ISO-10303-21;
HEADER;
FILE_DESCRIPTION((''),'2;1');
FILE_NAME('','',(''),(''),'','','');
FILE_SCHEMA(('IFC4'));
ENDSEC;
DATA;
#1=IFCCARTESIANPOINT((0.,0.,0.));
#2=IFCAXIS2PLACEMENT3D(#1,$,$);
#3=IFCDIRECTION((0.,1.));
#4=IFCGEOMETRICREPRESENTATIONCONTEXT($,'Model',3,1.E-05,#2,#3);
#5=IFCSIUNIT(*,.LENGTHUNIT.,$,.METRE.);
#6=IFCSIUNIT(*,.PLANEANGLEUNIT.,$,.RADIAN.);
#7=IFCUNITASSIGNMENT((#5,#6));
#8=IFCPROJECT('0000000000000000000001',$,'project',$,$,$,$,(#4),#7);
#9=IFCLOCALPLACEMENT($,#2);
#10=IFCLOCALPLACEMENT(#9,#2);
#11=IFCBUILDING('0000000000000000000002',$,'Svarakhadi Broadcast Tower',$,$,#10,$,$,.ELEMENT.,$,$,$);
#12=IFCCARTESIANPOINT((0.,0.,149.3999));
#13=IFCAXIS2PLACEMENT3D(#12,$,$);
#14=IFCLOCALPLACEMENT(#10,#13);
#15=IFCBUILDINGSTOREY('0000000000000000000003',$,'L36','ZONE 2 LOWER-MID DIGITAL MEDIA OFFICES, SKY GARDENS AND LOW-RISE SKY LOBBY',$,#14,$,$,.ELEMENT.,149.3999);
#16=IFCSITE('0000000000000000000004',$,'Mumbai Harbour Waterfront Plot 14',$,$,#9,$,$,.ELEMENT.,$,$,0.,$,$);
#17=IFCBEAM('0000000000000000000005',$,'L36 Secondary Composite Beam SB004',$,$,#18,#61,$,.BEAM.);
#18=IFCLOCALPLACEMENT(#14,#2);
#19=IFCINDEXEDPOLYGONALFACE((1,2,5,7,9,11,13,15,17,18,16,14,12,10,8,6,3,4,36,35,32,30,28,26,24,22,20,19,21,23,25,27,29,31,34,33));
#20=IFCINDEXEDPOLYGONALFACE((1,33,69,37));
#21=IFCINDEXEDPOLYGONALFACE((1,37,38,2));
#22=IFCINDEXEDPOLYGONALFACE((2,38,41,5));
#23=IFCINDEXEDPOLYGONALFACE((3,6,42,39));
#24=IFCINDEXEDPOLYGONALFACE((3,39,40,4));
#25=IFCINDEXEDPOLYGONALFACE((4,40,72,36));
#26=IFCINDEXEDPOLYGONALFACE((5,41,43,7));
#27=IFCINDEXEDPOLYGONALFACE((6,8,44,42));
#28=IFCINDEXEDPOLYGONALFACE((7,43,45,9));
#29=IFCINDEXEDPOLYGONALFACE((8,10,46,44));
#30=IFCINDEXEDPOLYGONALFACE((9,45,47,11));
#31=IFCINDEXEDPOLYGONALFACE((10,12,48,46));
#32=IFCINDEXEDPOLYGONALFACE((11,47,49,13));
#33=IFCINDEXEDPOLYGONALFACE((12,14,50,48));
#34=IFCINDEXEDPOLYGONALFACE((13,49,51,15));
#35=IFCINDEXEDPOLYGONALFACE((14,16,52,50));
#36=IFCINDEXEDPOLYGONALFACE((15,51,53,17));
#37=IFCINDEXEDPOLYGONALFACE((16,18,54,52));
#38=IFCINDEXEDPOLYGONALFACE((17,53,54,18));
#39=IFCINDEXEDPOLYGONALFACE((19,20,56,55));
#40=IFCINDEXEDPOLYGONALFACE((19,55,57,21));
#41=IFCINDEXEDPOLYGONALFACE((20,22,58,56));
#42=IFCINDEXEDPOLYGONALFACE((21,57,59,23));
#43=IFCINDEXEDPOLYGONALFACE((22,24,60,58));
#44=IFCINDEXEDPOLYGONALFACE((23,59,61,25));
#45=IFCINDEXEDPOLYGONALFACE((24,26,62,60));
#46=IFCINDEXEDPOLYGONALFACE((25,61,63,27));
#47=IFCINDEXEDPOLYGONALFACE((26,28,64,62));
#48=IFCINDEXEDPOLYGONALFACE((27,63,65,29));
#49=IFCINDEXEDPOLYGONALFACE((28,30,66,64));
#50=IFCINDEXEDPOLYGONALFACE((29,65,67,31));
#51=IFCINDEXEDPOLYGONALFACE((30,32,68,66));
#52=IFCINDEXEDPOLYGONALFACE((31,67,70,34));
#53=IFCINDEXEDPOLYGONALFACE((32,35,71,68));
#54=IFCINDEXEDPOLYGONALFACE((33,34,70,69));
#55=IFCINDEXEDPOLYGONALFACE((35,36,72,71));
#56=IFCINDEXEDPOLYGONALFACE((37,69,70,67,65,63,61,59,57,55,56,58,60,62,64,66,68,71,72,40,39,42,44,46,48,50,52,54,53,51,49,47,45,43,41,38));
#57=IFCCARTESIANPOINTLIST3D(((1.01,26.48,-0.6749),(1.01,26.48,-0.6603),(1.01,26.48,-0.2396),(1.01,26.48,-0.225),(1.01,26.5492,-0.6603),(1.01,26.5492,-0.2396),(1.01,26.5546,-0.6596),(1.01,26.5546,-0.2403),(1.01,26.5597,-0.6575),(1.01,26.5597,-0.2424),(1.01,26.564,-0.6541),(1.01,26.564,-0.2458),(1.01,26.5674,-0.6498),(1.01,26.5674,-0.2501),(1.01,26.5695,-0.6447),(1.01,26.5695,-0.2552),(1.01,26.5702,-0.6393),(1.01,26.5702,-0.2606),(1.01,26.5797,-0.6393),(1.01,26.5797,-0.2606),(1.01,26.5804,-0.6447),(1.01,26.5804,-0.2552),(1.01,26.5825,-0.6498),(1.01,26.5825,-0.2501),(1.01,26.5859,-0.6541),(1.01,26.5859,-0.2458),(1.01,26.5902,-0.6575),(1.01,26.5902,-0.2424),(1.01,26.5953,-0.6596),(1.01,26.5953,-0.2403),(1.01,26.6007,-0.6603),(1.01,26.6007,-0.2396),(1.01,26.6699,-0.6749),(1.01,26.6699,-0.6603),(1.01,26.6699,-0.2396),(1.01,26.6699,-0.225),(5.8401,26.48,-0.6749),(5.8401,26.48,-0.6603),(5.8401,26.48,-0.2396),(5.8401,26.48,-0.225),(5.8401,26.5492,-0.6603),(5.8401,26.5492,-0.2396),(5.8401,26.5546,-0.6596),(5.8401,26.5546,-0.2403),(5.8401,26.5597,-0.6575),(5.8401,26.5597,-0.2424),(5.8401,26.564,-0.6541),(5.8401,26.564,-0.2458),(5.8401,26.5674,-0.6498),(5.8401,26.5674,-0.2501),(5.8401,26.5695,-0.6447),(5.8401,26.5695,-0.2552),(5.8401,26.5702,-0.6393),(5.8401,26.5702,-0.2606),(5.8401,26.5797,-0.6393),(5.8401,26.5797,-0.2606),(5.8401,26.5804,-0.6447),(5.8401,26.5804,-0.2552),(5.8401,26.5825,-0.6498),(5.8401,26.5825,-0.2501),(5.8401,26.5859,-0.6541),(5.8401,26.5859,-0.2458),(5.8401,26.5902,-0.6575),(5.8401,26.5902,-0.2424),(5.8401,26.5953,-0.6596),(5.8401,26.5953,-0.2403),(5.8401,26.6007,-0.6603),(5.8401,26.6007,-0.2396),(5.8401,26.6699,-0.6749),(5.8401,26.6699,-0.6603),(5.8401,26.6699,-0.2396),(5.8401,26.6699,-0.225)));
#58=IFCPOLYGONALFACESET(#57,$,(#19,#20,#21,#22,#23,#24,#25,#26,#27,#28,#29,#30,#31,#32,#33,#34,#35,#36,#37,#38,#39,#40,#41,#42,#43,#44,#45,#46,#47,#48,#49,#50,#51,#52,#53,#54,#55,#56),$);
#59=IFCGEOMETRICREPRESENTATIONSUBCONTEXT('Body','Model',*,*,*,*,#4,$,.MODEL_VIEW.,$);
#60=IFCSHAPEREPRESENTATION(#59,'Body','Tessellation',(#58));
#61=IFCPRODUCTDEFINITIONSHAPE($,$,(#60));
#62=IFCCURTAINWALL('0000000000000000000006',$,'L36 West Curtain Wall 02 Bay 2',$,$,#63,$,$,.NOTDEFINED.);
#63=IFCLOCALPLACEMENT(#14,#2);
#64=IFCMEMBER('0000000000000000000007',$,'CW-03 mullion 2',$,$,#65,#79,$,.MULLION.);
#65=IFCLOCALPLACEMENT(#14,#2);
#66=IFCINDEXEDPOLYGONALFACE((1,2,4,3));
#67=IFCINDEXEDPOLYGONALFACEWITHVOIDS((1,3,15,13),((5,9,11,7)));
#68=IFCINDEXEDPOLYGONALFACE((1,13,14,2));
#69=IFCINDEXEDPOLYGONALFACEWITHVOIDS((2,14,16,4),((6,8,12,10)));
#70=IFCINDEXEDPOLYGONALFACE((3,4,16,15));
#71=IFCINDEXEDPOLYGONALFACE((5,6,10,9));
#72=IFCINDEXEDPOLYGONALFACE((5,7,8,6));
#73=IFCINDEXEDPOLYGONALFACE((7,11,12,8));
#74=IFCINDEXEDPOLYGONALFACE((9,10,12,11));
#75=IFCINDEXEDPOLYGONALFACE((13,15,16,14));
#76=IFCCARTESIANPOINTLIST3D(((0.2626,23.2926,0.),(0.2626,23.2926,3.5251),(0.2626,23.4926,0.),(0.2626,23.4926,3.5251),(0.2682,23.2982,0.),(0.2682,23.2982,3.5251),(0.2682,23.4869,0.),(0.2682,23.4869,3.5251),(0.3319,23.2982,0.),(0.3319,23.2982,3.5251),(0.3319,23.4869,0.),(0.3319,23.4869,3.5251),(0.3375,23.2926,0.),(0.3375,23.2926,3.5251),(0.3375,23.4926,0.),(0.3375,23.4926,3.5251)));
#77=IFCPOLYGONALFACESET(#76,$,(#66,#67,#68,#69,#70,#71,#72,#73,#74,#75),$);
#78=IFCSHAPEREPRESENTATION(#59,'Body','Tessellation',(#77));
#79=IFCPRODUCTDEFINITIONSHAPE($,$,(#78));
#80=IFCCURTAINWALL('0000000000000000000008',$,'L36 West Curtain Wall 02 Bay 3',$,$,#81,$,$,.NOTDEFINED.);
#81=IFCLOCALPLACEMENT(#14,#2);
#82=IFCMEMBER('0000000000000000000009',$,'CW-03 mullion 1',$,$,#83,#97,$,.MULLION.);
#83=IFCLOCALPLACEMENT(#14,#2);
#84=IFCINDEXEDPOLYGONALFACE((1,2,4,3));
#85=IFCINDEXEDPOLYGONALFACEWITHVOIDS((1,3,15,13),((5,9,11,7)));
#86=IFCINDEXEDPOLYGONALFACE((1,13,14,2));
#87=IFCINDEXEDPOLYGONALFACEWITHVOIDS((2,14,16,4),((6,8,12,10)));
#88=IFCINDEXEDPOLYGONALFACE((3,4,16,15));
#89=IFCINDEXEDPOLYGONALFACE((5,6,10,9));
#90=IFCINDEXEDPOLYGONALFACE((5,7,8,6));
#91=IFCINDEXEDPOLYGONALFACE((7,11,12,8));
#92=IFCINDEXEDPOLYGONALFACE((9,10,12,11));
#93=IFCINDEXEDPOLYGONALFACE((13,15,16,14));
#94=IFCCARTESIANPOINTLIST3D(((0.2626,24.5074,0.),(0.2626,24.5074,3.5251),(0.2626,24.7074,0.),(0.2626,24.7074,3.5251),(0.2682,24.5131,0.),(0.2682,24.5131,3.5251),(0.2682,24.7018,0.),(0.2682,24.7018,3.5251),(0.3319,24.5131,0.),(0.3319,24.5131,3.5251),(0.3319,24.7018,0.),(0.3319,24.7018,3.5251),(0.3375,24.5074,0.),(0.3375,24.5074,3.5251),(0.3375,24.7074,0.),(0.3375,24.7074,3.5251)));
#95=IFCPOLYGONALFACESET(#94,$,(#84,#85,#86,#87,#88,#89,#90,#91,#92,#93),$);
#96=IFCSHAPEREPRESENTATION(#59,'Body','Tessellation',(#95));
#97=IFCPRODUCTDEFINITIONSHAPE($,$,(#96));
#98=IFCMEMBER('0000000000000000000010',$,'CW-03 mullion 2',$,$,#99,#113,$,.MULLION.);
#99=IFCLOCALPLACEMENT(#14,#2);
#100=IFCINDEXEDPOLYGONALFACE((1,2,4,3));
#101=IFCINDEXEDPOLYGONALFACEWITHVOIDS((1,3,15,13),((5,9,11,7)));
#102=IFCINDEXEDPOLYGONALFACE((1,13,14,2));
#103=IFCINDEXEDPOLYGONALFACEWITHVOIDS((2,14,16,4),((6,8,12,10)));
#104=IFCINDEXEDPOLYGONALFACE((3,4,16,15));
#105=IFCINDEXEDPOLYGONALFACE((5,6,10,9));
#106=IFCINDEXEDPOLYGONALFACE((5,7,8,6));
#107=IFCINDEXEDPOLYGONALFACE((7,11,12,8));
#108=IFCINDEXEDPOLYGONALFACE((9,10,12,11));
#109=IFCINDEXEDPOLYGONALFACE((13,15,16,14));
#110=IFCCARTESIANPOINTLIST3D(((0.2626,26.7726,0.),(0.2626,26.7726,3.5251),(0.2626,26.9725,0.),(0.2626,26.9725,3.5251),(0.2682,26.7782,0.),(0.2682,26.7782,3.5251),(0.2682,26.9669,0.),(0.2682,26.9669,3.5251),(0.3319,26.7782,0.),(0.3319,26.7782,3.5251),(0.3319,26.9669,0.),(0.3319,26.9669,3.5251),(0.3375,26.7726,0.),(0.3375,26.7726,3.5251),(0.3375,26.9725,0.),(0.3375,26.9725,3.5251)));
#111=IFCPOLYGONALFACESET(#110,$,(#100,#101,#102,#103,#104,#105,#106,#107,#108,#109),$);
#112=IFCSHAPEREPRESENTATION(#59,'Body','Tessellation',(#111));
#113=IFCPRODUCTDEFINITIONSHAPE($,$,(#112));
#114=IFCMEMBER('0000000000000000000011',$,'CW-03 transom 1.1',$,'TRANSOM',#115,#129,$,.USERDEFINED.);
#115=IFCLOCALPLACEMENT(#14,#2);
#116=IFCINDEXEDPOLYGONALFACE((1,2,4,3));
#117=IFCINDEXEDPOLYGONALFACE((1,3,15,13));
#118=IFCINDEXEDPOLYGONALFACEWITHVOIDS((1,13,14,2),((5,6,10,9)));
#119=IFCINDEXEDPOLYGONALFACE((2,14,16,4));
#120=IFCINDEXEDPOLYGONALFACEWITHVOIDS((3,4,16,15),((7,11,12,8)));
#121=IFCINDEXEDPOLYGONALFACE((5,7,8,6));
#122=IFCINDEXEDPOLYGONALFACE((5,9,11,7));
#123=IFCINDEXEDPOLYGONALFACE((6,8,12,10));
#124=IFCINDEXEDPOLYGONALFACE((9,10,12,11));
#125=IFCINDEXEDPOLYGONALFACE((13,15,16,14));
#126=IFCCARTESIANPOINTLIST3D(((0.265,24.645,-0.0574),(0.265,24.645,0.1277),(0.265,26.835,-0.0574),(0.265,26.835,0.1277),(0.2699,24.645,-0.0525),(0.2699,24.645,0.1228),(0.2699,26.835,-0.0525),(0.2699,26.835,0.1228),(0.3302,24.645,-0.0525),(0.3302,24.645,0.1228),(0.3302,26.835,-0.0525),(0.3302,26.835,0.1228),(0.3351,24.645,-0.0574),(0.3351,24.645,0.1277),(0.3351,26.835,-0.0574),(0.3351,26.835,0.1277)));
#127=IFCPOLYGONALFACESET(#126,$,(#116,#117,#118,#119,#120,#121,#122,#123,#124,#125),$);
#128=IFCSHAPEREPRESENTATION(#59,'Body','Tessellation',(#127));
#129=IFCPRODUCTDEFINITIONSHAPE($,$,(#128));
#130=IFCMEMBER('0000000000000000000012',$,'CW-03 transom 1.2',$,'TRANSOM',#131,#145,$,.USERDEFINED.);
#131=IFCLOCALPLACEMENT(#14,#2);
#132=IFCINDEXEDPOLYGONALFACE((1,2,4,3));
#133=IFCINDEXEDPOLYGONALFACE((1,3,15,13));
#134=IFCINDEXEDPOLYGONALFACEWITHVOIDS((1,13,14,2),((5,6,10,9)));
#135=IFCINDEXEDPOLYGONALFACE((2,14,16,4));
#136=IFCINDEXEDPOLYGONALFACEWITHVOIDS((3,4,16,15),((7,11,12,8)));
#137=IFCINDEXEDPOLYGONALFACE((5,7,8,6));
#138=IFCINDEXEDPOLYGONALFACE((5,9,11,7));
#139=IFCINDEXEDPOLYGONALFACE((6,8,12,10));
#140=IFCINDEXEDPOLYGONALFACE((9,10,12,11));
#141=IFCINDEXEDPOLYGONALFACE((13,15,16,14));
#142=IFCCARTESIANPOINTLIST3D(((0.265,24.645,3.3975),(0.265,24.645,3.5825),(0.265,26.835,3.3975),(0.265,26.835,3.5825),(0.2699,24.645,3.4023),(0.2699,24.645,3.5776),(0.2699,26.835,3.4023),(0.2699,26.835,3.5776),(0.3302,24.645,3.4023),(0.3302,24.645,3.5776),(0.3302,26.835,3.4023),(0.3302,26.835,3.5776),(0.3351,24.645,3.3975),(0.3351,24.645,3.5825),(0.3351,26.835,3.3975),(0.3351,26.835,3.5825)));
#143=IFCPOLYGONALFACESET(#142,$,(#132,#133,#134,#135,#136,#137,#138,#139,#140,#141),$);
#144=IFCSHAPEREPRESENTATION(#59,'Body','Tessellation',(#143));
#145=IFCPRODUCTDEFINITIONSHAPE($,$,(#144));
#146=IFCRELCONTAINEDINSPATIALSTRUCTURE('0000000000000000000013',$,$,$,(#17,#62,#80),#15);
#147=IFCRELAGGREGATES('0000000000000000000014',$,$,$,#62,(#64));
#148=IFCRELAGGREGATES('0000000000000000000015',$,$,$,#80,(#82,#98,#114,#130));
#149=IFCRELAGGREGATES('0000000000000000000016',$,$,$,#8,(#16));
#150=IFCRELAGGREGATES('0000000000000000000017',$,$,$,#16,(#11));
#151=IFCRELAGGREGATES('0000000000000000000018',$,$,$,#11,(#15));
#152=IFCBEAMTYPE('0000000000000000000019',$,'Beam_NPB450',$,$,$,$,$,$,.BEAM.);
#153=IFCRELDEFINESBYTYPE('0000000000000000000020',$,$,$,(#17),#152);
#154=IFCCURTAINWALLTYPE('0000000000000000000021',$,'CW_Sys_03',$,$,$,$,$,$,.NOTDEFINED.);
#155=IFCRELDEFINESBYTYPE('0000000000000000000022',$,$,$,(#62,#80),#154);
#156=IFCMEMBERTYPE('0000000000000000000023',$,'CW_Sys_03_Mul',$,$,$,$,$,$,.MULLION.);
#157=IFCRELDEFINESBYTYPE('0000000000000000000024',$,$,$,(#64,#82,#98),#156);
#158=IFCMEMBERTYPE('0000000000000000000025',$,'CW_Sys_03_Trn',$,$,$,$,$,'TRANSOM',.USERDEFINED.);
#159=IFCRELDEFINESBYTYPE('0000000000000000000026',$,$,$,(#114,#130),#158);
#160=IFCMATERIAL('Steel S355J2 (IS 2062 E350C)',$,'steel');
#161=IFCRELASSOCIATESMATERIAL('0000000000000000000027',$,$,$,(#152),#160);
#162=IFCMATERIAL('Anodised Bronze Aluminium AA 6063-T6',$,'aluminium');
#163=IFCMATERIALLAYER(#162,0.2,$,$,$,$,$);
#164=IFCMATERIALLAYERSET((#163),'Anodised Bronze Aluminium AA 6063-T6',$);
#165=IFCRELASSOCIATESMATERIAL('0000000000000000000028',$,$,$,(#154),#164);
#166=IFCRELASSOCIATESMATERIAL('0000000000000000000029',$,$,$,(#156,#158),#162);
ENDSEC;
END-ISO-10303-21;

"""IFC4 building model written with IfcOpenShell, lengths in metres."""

from ifc_helpers import new_model, si_unit, direction, frame, origin, origin_2d, place, context, subcontext, project, spatial, hollow_rectangle, i_section, extrude, material, layer, layer_set, material_profile, profile_set, type_object, element, aggregate, save


model = new_model("IFC4")

# Units and contexts
model_context = context("Model", 3, precision=1e-05, world=origin(), true_north=direction((0.0, 1.0)))
body_context = subcontext(model_context, "Body", "Model", "MODEL_VIEW")
ifc_project = project(units=[si_unit("LENGTHUNIT", "METRE"), si_unit("PLANEANGLEUNIT", "RADIAN")], contexts=[model_context])

# Site, building, storey
site_placement = place(None, origin())
site = spatial("IfcSite", under=ifc_project, at=site_placement, Name="Mumbai Harbour Waterfront Plot 14", CompositionType="ELEMENT", RefElevation=0.0)
building_placement = place(site_placement, origin())
building = spatial("IfcBuilding", under=site, at=building_placement, Name="Svarakhadi Broadcast Tower", CompositionType="ELEMENT")
storey_placement = place(building_placement, frame((0.0, 0.0, 149.3999)))
storey = spatial("IfcBuildingStorey", under=building, at=storey_placement, Name="L36", Description="ZONE 2 LOWER-MID DIGITAL MEDIA OFFICES, SKY GARDENS AND LOW-RISE SKY LOBBY", CompositionType="ELEMENT", Elevation=149.3999)

# Beam
ifc_material_1 = material(Name="Steel S355J2 (IS 2062 E350C)", Category="steel")
ifc_material_profile_1 = material_profile(ifc_material_1, i_section(OverallWidth=0.1899, OverallDepth=0.45, WebThickness=0.0095, FlangeThickness=0.0146, FilletRadius=0.021, at=origin_2d()), Name="NPB 450x190x78")
ifc_profile_set_1 = profile_set([ifc_material_profile_1], Name="Steel S355J2 (IS 2062 E350C)")
beam_type_1 = type_object("IfcBeamType", Name="Beam_NPB450", PredefinedType="BEAM", material=ifc_profile_set_1)
for number, where, z_axis, x_axis, name in (
    (1, (1.01, 26.575, -0.45), (1.0, 0.0, 0.0), (0.0, 1.0, 0.0), "L36 Secondary Composite Beam SB004"),
):
    element("IfcBeam", number, at=place(storey_placement, frame(where, z_axis=z_axis, x_axis=x_axis)), inside=storey, type_object=beam_type_1, Name=name, PredefinedType="BEAM", context=body_context, shape_type="SweptSolid", body=[
        extrude(i_section(OverallWidth=0.1899, OverallDepth=0.45, WebThickness=0.0095, FlangeThickness=0.0146, FilletRadius=0.021, at=origin_2d()), origin(), (0.0, 0.0, 1.0), 4.8301),
    ])

# Curtain wall, member
ifc_material_2 = material(Name="Anodised Bronze Aluminium AA 6063-T6", Category="aluminium")
ifc_layer_1 = layer(ifc_material_2, 0.2)
ifc_layer_set_1 = layer_set([ifc_layer_1], Name="Anodised Bronze Aluminium AA 6063-T6")
curtain_wall_type = type_object("IfcCurtainWallType", Name="CW_Sys_03", PredefinedType="NOTDEFINED", material=ifc_layer_set_1)
curtain_wall_1_placement = place(storey_placement, origin())
curtain_wall_1 = element("IfcCurtainWall", 2, at=curtain_wall_1_placement, inside=storey, type_object=curtain_wall_type, Name="L36 West Curtain Wall 02 Bay 2", PredefinedType="NOTDEFINED")
ifc_material_profile_2 = material_profile(ifc_material_2, hollow_rectangle(XDim=0.075, YDim=0.2, WallThickness=0.0056, at=origin_2d()), Name="ALU MULLION 200x75x6")
ifc_profile_set_2 = profile_set([ifc_material_profile_2], Name="Anodised Bronze Aluminium AA 6063-T6")
member_type_1 = type_object("IfcMemberType", Name="CW_Sys_03_Mul", PredefinedType="MULLION", material=ifc_profile_set_2)
member_1_placement = place(storey_placement, frame((0.3, 23.3926, 0.0), z_axis=(0.0, 0.0, 1.0), x_axis=(-1.0, 0.0, 0.0)))
member_1 = element("IfcMember", 3, at=member_1_placement, type_object=member_type_1, Name="CW-03 mullion 2", PredefinedType="MULLION", context=body_context, shape_type="SweptSolid", body=[
    extrude(hollow_rectangle(XDim=0.075, YDim=0.2, WallThickness=0.0056, at=origin_2d()), origin(), (0.0, 0.0, 1.0), 3.5251),
])
aggregate(curtain_wall_1, [member_1])

# Curtain wall, members
curtain_wall_2_placement = place(storey_placement, origin())
curtain_wall_2 = element("IfcCurtainWall", 4, at=curtain_wall_2_placement, inside=storey, type_object=curtain_wall_type, Name="L36 West Curtain Wall 02 Bay 3", PredefinedType="NOTDEFINED")
member_2_placement = place(storey_placement, frame((0.3, 24.6074, 0.0), z_axis=(0.0, 0.0, 1.0), x_axis=(-1.0, 0.0, 0.0)))
member_2 = element("IfcMember", 5, at=member_2_placement, type_object=member_type_1, Name="CW-03 mullion 1", PredefinedType="MULLION", context=body_context, shape_type="SweptSolid", body=[
    extrude(hollow_rectangle(XDim=0.075, YDim=0.2, WallThickness=0.0056, at=origin_2d()), origin(), (0.0, 0.0, 1.0), 3.5251),
])
member_3_placement = place(storey_placement, frame((0.3, 26.8726, 0.0), z_axis=(0.0, 0.0, 1.0), x_axis=(-1.0, 0.0, 0.0)))
member_3 = element("IfcMember", 6, at=member_3_placement, type_object=member_type_1, Name="CW-03 mullion 2", PredefinedType="MULLION", context=body_context, shape_type="SweptSolid", body=[
    extrude(hollow_rectangle(XDim=0.075, YDim=0.2, WallThickness=0.0056, at=origin_2d()), origin(), (0.0, 0.0, 1.0), 3.5251),
])
ifc_material_profile_3 = material_profile(ifc_material_2, hollow_rectangle(XDim=0.0701, YDim=0.1851, WallThickness=0.0049, at=origin_2d()), Name="ALU TRANSOM 185x70x5")
ifc_profile_set_3 = profile_set([ifc_material_profile_3], Name="Anodised Bronze Aluminium AA 6063-T6")
member_type_2 = type_object("IfcMemberType", Name="CW_Sys_03_Trn", ElementType="TRANSOM", PredefinedType="USERDEFINED", material=ifc_profile_set_3)
member_4_placement = place(storey_placement, frame((0.3, 24.645, 0.0352), z_axis=(0.0, 1.0, 0.0), x_axis=(-1.0, 0.0, 0.0)))
member_4 = element("IfcMember", 7, at=member_4_placement, type_object=member_type_2, Name="CW-03 transom 1.1", ObjectType="TRANSOM", PredefinedType="USERDEFINED", context=body_context, shape_type="SweptSolid", body=[
    extrude(hollow_rectangle(XDim=0.0701, YDim=0.1851, WallThickness=0.0049, at=origin_2d()), origin(), (0.0, 0.0, 1.0), 2.1899),
])
member_5_placement = place(storey_placement, frame((0.3, 24.645, 3.49), z_axis=(0.0, 1.0, 0.0), x_axis=(-1.0, 0.0, 0.0)))
member_5 = element("IfcMember", 8, at=member_5_placement, type_object=member_type_2, Name="CW-03 transom 1.2", ObjectType="TRANSOM", PredefinedType="USERDEFINED", context=body_context, shape_type="SweptSolid", body=[
    extrude(hollow_rectangle(XDim=0.0701, YDim=0.1851, WallThickness=0.0049, at=origin_2d()), origin(), (0.0, 0.0, 1.0), 2.1899),
])

aggregate(curtain_wall_2, [member_2, member_3, member_4, member_5])

save(model, "model.ifc")
